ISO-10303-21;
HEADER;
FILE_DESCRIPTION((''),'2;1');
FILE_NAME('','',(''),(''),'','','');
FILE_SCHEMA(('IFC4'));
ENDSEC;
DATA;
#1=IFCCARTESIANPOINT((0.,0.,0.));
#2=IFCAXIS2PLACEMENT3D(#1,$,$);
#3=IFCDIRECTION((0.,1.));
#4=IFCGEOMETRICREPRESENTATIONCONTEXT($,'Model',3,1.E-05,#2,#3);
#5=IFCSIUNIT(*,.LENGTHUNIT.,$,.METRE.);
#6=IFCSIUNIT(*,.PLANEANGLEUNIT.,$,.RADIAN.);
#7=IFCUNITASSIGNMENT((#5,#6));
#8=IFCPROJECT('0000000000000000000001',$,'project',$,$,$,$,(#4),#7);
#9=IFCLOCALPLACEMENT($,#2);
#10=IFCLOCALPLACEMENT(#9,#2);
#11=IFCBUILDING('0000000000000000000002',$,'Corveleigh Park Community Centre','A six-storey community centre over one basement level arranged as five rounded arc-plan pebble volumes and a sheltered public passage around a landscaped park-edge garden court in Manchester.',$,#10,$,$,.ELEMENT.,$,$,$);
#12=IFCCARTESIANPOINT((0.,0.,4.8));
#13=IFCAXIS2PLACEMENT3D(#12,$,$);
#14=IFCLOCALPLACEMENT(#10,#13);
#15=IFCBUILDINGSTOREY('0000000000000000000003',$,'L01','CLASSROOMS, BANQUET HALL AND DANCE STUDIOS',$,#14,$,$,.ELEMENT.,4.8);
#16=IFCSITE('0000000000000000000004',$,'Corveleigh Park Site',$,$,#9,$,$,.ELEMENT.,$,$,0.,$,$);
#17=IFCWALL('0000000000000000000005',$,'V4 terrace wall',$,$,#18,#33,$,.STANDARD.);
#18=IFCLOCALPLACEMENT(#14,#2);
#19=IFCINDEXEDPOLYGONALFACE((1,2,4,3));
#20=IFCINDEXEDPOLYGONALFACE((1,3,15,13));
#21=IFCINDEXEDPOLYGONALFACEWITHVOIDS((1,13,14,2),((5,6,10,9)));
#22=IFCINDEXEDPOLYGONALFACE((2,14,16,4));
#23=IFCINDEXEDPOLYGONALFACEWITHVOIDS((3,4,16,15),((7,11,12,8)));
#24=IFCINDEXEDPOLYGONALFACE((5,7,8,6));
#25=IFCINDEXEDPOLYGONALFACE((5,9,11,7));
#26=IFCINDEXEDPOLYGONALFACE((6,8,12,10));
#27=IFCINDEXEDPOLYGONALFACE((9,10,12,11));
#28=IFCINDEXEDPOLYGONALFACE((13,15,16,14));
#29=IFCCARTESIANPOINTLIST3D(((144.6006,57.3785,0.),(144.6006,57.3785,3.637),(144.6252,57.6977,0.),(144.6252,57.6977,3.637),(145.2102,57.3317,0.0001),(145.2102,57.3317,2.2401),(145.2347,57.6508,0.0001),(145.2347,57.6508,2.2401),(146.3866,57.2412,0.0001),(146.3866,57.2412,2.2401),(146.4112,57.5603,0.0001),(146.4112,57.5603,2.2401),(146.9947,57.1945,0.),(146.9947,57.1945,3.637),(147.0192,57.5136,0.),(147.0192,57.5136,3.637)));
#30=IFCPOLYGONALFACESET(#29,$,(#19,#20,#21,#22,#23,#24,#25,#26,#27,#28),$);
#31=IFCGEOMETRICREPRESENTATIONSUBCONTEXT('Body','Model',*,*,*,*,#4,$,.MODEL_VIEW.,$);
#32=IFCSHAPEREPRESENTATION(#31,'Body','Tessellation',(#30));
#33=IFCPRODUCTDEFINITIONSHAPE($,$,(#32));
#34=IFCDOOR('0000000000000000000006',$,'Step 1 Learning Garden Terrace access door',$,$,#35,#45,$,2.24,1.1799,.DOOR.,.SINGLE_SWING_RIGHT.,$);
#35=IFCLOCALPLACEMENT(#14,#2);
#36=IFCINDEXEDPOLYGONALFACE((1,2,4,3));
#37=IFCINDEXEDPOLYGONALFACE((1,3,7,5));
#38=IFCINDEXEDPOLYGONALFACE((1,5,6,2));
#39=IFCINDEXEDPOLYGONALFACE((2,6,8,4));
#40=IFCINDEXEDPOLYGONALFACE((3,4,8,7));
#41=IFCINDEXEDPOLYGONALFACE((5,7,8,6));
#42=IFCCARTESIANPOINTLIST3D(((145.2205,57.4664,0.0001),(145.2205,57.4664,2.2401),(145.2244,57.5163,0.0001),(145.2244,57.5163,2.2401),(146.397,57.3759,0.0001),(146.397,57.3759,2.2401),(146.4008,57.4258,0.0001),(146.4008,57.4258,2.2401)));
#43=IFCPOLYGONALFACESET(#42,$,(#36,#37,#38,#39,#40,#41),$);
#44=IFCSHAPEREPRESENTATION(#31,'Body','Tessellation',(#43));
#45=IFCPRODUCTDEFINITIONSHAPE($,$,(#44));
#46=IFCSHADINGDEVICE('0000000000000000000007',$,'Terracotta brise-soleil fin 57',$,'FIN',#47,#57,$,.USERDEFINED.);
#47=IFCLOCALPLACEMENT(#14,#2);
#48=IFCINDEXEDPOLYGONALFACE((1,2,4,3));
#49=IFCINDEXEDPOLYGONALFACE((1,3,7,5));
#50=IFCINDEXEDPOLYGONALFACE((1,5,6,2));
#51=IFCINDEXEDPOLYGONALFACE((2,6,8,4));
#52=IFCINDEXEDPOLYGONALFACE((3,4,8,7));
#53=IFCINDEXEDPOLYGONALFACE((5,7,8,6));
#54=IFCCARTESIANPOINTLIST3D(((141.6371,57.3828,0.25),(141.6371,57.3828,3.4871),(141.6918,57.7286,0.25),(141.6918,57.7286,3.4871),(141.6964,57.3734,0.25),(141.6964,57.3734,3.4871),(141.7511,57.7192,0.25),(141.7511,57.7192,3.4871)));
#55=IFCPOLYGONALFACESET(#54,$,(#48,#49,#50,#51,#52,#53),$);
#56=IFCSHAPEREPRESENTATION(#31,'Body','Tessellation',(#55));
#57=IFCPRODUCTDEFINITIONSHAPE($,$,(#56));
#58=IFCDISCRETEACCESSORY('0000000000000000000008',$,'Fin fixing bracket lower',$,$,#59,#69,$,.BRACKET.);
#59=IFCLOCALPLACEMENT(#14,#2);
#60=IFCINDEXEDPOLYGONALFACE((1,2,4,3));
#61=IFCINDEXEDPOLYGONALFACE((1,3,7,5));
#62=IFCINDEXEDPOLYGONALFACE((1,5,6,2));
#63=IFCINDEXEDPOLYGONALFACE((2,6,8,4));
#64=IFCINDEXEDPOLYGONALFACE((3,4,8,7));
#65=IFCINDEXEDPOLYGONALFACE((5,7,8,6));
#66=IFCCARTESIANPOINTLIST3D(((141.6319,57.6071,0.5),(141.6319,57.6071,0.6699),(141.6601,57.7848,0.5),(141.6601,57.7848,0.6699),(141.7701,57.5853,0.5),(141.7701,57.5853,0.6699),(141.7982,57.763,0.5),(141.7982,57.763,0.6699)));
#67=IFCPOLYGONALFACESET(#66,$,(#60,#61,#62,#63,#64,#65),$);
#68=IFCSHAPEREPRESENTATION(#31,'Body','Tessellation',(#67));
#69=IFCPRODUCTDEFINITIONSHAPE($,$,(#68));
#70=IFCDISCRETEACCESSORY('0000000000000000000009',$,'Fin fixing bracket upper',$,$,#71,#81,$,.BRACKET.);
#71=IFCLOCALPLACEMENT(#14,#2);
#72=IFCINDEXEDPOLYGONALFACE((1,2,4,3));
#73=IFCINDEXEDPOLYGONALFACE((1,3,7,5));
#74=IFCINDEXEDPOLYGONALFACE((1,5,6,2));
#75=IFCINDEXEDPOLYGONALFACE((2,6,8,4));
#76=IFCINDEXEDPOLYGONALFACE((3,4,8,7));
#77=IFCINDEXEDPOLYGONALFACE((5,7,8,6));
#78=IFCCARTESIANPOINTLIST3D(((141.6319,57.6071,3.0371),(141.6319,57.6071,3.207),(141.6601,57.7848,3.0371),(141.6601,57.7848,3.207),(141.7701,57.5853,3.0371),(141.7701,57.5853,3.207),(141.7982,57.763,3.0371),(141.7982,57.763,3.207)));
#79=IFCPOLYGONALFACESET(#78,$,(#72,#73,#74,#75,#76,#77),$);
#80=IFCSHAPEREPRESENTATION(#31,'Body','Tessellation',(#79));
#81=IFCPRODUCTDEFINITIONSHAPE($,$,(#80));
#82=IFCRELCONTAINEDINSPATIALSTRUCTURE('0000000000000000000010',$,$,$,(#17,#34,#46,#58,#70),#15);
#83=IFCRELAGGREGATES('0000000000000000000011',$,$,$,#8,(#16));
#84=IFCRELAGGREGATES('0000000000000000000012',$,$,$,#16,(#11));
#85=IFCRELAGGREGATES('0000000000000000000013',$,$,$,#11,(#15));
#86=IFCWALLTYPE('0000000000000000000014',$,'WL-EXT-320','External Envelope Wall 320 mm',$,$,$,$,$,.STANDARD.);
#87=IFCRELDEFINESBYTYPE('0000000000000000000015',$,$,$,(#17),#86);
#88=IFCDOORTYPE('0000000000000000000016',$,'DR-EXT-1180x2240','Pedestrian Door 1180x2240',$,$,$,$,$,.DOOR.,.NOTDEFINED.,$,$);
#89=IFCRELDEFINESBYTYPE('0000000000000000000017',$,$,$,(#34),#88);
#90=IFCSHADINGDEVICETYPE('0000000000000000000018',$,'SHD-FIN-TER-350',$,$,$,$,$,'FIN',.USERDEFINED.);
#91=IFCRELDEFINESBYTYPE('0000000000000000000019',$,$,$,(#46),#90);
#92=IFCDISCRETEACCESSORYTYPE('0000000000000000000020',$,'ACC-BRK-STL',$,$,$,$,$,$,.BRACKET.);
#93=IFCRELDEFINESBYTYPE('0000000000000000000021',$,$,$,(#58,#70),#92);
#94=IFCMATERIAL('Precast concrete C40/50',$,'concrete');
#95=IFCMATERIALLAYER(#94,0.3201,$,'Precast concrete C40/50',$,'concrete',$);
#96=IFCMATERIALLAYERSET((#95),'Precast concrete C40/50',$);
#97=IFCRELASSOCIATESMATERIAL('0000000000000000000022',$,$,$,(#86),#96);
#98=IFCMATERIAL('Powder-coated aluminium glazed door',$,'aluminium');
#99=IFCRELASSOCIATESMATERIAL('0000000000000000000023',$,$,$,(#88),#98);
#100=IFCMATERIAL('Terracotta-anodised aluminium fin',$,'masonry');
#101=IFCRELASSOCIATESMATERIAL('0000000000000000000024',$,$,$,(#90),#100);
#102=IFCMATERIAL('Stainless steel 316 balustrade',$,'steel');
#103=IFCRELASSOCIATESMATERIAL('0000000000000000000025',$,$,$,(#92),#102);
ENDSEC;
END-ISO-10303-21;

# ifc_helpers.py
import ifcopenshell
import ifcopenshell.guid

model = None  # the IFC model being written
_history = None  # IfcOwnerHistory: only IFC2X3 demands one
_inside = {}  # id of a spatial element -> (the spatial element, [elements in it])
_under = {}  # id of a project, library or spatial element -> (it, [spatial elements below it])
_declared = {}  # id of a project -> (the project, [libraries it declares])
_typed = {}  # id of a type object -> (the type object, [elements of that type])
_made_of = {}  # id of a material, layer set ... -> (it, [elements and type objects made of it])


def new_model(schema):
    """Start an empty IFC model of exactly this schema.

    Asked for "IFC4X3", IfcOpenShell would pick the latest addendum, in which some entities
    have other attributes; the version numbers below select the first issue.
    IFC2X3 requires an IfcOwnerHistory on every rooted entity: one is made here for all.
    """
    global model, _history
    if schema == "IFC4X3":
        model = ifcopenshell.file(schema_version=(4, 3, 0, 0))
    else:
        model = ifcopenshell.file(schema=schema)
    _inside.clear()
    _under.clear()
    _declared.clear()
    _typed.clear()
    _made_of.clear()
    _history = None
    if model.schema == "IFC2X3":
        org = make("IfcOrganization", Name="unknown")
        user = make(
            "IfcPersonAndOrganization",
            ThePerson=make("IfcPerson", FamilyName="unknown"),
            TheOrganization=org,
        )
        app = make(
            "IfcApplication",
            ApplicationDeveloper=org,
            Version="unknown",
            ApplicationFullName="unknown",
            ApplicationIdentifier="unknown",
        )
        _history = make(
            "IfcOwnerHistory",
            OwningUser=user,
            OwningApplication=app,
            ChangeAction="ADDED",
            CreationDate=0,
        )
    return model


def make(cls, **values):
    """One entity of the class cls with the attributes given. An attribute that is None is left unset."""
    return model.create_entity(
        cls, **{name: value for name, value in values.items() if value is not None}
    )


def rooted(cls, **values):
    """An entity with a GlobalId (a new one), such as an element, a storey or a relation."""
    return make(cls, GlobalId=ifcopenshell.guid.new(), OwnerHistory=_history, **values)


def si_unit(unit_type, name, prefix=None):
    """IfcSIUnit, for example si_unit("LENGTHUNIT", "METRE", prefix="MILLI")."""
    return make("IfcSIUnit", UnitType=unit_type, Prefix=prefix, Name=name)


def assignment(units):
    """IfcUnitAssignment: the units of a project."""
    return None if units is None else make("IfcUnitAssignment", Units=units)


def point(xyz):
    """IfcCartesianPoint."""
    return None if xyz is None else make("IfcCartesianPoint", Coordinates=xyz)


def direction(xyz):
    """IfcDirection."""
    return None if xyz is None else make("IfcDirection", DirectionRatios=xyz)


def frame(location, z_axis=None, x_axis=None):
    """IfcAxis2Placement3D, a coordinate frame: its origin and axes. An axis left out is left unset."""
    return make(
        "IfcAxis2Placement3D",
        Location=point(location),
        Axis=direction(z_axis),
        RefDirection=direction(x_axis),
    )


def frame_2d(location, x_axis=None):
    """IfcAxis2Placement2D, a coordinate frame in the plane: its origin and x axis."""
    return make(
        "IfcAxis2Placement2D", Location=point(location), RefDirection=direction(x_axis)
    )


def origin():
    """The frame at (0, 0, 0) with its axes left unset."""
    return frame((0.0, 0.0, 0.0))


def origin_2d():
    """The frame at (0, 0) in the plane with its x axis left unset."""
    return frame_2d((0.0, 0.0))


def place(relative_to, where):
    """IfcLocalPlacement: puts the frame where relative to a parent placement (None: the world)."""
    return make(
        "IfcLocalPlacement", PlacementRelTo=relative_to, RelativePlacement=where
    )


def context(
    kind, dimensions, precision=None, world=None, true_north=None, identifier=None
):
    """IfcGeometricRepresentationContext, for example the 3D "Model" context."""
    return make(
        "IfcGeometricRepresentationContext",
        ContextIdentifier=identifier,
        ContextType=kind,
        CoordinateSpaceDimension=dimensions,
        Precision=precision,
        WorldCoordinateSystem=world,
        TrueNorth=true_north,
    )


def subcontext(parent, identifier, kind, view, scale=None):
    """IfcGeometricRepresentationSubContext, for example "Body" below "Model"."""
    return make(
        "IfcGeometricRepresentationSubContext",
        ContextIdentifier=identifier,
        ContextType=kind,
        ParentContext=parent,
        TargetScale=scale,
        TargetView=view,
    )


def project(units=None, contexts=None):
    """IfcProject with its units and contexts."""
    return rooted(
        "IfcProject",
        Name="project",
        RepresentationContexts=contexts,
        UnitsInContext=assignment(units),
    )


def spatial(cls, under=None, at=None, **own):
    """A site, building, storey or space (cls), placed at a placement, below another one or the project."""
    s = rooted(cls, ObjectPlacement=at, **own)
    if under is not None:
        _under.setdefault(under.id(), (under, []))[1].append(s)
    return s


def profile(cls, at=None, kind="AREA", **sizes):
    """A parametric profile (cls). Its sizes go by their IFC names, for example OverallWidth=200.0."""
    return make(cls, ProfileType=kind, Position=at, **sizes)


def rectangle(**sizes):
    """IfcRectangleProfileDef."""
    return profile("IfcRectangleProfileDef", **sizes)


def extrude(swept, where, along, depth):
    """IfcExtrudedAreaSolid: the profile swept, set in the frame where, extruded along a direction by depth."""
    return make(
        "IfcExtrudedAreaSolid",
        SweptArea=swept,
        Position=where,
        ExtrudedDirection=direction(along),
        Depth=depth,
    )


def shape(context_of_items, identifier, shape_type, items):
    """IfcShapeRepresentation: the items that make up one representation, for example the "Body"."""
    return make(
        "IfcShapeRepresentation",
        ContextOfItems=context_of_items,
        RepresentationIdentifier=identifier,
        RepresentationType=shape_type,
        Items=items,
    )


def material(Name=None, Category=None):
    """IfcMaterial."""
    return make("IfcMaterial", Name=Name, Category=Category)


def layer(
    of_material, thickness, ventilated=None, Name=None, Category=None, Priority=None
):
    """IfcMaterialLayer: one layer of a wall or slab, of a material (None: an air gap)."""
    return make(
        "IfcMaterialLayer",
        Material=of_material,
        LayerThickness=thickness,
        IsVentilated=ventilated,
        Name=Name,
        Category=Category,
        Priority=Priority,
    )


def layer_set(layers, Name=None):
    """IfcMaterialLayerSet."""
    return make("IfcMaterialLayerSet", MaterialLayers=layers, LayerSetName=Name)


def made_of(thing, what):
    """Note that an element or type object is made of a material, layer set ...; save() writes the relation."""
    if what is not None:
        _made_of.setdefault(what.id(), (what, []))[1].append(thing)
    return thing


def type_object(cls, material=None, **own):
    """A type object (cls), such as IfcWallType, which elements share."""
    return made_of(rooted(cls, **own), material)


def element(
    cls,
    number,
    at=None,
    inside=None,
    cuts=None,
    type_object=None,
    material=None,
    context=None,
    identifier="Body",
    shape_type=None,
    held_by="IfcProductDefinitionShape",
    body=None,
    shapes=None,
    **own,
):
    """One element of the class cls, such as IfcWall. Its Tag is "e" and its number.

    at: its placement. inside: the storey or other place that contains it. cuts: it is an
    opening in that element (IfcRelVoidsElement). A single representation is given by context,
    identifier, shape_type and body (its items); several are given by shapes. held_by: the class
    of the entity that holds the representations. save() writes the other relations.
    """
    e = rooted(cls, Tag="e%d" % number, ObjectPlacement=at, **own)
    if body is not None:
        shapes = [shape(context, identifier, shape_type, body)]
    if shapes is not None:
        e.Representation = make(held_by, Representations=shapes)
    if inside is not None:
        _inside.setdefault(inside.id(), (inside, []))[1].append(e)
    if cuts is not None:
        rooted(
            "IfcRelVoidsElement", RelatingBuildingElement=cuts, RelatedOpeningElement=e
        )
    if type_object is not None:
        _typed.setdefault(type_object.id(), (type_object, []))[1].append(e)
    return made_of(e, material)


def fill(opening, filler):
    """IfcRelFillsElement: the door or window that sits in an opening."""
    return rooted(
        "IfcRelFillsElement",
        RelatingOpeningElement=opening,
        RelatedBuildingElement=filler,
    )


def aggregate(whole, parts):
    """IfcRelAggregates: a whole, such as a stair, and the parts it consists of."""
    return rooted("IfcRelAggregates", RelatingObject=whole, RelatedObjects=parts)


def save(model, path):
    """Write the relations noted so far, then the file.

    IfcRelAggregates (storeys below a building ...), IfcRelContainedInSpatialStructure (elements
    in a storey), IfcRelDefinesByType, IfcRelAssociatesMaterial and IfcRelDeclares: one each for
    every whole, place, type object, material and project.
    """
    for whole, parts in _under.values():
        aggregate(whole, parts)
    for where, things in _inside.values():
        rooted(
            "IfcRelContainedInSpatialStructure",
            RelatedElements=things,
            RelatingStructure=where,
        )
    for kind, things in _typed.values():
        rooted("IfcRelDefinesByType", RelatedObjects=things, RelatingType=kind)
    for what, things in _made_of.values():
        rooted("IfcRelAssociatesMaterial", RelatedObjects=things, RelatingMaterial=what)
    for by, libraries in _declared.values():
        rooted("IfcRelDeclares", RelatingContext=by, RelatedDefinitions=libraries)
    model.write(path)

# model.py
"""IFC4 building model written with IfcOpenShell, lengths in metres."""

from ifc_helpers import new_model, si_unit, direction, frame, frame_2d, origin, origin_2d, place, context, subcontext, project, spatial, rectangle, extrude, material, layer, layer_set, type_object, element, fill, save


model = new_model("IFC4")

# Units and contexts
model_context = context("Model", 3, precision=1e-05, world=origin(), true_north=direction((0.0, 1.0)))
body_context = subcontext(model_context, "Body", "Model", "MODEL_VIEW")
ifc_project = project(units=[si_unit("LENGTHUNIT", "METRE"), si_unit("PLANEANGLEUNIT", "RADIAN")], contexts=[model_context])

# Site, building, storey
site_placement = place(None, origin())
site = spatial("IfcSite", under=ifc_project, at=site_placement, Name="Corveleigh Park Site", CompositionType="ELEMENT", RefElevation=0.0)
building_placement = place(site_placement, origin())
building = spatial("IfcBuilding", under=site, at=building_placement, Name="Corveleigh Park Community Centre", Description="A six-storey community centre over one basement level arranged as five rounded arc-plan pebble volumes and a sheltered public passage around a landscaped park-edge garden court in Manchester.", CompositionType="ELEMENT")
storey_placement = place(building_placement, frame((0.0, 0.0, 4.8)))
storey = spatial("IfcBuildingStorey", under=building, at=storey_placement, Name="L01", Description="CLASSROOMS, BANQUET HALL AND DANCE STUDIOS", CompositionType="ELEMENT", Elevation=4.8)

# Shared definitions
ifc_material_1 = material(Name="Precast concrete C40/50", Category="concrete")

# Wall, opening, door
ifc_layer_1 = layer(ifc_material_1, 0.3201, Name="Precast concrete C40/50", Category="concrete")
ifc_layer_set_1 = layer_set([ifc_layer_1], Name="Precast concrete C40/50")
wall_type_1 = type_object("IfcWallType", Name="WL-EXT-320", Description="External Envelope Wall 320 mm", PredefinedType="STANDARD", material=ifc_layer_set_1)
wall_1_placement = place(storey_placement, frame((147.0071, 57.354, 0.0), z_axis=(0.0, 0.0, 1.0), x_axis=(-0.997057, 0.076665, 0.0)))
wall_1 = element("IfcWall", 1, at=wall_1_placement, inside=storey, type_object=wall_type_1, Name="V4 terrace wall", PredefinedType="STANDARD", context=body_context, shape_type="SweptSolid", body=[
    extrude(rectangle(XDim=2.4011, YDim=0.3201, at=frame_2d((1.2007, 0.0))), origin(), (0.0, 0.0, 1.0), 3.637),
])
opening_placement = place(wall_1_placement, frame((0.6101, 0.0, 0.0)))
opening = element("IfcOpeningElement", 2, at=opening_placement, cuts=wall_1, PredefinedType="OPENING", context=body_context, shape_type="SweptSolid", body=[
    extrude(rectangle(XDim=1.1799, YDim=2.24, at=frame_2d((0.5898, 1.1201))), frame((0.0, 0.1699, 0.0), z_axis=(0.0, -1.0, 0.0), x_axis=(1.0, 0.0, 0.0)), (0.0, 0.0, 1.0), 0.3401),
])
ifc_material_2 = material(Name="Powder-coated aluminium glazed door", Category="aluminium")
door_type = type_object("IfcDoorType", Name="DR-EXT-1180x2240", Description="Pedestrian Door 1180x2240", OperationType="NOTDEFINED", PredefinedType="DOOR", material=ifc_material_2)
door_placement = place(opening_placement, origin())
door = element("IfcDoor", 3, at=door_placement, inside=storey, type_object=door_type, Name="Step 1 Learning Garden Terrace access door", OperationType="SINGLE_SWING_RIGHT", OverallHeight=2.24, OverallWidth=1.1799, PredefinedType="DOOR", context=body_context, shape_type="SweptSolid", body=[
    extrude(rectangle(XDim=1.1799, YDim=2.24, at=frame_2d((0.5898, 1.1201))), frame((0.0, 0.0249, 0.0), z_axis=(0.0, -1.0, 0.0), x_axis=(1.0, 0.0, 0.0)), (0.0, 0.0, 1.0), 0.05),
])
fill(opening, door)

# Shading device
ifc_material_3 = material(Name="Terracotta-anodised aluminium fin", Category="masonry")
shading_device_type = type_object("IfcShadingDeviceType", Name="SHD-FIN-TER-350", ElementType="FIN", PredefinedType="USERDEFINED", material=ifc_material_3)
shading_device_placement = place(storey_placement, frame((141.6941, 57.551, 0.25), z_axis=(0.0, 0.0, 1.0), x_axis=(-0.156207, -0.987724, 0.0)))
element("IfcShadingDevice", 4, at=shading_device_placement, inside=storey, type_object=shading_device_type, Name="Terracotta brise-soleil fin 57", ObjectType="FIN", PredefinedType="USERDEFINED", context=body_context, shape_type="SweptSolid", body=[
    extrude(rectangle(XDim=0.3501, YDim=0.0601, at=origin_2d()), origin(), (0.0, 0.0, 1.0), 3.2371),
])

# Discrete accessories
ifc_material_4 = material(Name="Stainless steel 316 balustrade", Category="steel")
discrete_accessory_type = type_object("IfcDiscreteAccessoryType", Name="ACC-BRK-STL", PredefinedType="BRACKET", material=ifc_material_4)
for number, where, z_axis, x_axis, name in (
    (5, (141.7151, 57.6851, 0.5), (0.0, 0.0, 1.0), (-0.156207, -0.987724, 0.0), "Fin fixing bracket lower"),
    (6, (141.7151, 57.6851, 3.0371), (0.0, 0.0, 1.0), (-0.156207, -0.987724, 0.0), "Fin fixing bracket upper"),
):
    element("IfcDiscreteAccessory", number, at=place(storey_placement, frame(where, z_axis=z_axis, x_axis=x_axis)), inside=storey, type_object=discrete_accessory_type, Name=name, PredefinedType="BRACKET", context=body_context, shape_type="SweptSolid", body=[
        extrude(rectangle(XDim=0.1799, YDim=0.1399, at=origin_2d()), origin(), (0.0, 0.0, 1.0), 0.1699),
    ])

save(model, "model.ifc")
